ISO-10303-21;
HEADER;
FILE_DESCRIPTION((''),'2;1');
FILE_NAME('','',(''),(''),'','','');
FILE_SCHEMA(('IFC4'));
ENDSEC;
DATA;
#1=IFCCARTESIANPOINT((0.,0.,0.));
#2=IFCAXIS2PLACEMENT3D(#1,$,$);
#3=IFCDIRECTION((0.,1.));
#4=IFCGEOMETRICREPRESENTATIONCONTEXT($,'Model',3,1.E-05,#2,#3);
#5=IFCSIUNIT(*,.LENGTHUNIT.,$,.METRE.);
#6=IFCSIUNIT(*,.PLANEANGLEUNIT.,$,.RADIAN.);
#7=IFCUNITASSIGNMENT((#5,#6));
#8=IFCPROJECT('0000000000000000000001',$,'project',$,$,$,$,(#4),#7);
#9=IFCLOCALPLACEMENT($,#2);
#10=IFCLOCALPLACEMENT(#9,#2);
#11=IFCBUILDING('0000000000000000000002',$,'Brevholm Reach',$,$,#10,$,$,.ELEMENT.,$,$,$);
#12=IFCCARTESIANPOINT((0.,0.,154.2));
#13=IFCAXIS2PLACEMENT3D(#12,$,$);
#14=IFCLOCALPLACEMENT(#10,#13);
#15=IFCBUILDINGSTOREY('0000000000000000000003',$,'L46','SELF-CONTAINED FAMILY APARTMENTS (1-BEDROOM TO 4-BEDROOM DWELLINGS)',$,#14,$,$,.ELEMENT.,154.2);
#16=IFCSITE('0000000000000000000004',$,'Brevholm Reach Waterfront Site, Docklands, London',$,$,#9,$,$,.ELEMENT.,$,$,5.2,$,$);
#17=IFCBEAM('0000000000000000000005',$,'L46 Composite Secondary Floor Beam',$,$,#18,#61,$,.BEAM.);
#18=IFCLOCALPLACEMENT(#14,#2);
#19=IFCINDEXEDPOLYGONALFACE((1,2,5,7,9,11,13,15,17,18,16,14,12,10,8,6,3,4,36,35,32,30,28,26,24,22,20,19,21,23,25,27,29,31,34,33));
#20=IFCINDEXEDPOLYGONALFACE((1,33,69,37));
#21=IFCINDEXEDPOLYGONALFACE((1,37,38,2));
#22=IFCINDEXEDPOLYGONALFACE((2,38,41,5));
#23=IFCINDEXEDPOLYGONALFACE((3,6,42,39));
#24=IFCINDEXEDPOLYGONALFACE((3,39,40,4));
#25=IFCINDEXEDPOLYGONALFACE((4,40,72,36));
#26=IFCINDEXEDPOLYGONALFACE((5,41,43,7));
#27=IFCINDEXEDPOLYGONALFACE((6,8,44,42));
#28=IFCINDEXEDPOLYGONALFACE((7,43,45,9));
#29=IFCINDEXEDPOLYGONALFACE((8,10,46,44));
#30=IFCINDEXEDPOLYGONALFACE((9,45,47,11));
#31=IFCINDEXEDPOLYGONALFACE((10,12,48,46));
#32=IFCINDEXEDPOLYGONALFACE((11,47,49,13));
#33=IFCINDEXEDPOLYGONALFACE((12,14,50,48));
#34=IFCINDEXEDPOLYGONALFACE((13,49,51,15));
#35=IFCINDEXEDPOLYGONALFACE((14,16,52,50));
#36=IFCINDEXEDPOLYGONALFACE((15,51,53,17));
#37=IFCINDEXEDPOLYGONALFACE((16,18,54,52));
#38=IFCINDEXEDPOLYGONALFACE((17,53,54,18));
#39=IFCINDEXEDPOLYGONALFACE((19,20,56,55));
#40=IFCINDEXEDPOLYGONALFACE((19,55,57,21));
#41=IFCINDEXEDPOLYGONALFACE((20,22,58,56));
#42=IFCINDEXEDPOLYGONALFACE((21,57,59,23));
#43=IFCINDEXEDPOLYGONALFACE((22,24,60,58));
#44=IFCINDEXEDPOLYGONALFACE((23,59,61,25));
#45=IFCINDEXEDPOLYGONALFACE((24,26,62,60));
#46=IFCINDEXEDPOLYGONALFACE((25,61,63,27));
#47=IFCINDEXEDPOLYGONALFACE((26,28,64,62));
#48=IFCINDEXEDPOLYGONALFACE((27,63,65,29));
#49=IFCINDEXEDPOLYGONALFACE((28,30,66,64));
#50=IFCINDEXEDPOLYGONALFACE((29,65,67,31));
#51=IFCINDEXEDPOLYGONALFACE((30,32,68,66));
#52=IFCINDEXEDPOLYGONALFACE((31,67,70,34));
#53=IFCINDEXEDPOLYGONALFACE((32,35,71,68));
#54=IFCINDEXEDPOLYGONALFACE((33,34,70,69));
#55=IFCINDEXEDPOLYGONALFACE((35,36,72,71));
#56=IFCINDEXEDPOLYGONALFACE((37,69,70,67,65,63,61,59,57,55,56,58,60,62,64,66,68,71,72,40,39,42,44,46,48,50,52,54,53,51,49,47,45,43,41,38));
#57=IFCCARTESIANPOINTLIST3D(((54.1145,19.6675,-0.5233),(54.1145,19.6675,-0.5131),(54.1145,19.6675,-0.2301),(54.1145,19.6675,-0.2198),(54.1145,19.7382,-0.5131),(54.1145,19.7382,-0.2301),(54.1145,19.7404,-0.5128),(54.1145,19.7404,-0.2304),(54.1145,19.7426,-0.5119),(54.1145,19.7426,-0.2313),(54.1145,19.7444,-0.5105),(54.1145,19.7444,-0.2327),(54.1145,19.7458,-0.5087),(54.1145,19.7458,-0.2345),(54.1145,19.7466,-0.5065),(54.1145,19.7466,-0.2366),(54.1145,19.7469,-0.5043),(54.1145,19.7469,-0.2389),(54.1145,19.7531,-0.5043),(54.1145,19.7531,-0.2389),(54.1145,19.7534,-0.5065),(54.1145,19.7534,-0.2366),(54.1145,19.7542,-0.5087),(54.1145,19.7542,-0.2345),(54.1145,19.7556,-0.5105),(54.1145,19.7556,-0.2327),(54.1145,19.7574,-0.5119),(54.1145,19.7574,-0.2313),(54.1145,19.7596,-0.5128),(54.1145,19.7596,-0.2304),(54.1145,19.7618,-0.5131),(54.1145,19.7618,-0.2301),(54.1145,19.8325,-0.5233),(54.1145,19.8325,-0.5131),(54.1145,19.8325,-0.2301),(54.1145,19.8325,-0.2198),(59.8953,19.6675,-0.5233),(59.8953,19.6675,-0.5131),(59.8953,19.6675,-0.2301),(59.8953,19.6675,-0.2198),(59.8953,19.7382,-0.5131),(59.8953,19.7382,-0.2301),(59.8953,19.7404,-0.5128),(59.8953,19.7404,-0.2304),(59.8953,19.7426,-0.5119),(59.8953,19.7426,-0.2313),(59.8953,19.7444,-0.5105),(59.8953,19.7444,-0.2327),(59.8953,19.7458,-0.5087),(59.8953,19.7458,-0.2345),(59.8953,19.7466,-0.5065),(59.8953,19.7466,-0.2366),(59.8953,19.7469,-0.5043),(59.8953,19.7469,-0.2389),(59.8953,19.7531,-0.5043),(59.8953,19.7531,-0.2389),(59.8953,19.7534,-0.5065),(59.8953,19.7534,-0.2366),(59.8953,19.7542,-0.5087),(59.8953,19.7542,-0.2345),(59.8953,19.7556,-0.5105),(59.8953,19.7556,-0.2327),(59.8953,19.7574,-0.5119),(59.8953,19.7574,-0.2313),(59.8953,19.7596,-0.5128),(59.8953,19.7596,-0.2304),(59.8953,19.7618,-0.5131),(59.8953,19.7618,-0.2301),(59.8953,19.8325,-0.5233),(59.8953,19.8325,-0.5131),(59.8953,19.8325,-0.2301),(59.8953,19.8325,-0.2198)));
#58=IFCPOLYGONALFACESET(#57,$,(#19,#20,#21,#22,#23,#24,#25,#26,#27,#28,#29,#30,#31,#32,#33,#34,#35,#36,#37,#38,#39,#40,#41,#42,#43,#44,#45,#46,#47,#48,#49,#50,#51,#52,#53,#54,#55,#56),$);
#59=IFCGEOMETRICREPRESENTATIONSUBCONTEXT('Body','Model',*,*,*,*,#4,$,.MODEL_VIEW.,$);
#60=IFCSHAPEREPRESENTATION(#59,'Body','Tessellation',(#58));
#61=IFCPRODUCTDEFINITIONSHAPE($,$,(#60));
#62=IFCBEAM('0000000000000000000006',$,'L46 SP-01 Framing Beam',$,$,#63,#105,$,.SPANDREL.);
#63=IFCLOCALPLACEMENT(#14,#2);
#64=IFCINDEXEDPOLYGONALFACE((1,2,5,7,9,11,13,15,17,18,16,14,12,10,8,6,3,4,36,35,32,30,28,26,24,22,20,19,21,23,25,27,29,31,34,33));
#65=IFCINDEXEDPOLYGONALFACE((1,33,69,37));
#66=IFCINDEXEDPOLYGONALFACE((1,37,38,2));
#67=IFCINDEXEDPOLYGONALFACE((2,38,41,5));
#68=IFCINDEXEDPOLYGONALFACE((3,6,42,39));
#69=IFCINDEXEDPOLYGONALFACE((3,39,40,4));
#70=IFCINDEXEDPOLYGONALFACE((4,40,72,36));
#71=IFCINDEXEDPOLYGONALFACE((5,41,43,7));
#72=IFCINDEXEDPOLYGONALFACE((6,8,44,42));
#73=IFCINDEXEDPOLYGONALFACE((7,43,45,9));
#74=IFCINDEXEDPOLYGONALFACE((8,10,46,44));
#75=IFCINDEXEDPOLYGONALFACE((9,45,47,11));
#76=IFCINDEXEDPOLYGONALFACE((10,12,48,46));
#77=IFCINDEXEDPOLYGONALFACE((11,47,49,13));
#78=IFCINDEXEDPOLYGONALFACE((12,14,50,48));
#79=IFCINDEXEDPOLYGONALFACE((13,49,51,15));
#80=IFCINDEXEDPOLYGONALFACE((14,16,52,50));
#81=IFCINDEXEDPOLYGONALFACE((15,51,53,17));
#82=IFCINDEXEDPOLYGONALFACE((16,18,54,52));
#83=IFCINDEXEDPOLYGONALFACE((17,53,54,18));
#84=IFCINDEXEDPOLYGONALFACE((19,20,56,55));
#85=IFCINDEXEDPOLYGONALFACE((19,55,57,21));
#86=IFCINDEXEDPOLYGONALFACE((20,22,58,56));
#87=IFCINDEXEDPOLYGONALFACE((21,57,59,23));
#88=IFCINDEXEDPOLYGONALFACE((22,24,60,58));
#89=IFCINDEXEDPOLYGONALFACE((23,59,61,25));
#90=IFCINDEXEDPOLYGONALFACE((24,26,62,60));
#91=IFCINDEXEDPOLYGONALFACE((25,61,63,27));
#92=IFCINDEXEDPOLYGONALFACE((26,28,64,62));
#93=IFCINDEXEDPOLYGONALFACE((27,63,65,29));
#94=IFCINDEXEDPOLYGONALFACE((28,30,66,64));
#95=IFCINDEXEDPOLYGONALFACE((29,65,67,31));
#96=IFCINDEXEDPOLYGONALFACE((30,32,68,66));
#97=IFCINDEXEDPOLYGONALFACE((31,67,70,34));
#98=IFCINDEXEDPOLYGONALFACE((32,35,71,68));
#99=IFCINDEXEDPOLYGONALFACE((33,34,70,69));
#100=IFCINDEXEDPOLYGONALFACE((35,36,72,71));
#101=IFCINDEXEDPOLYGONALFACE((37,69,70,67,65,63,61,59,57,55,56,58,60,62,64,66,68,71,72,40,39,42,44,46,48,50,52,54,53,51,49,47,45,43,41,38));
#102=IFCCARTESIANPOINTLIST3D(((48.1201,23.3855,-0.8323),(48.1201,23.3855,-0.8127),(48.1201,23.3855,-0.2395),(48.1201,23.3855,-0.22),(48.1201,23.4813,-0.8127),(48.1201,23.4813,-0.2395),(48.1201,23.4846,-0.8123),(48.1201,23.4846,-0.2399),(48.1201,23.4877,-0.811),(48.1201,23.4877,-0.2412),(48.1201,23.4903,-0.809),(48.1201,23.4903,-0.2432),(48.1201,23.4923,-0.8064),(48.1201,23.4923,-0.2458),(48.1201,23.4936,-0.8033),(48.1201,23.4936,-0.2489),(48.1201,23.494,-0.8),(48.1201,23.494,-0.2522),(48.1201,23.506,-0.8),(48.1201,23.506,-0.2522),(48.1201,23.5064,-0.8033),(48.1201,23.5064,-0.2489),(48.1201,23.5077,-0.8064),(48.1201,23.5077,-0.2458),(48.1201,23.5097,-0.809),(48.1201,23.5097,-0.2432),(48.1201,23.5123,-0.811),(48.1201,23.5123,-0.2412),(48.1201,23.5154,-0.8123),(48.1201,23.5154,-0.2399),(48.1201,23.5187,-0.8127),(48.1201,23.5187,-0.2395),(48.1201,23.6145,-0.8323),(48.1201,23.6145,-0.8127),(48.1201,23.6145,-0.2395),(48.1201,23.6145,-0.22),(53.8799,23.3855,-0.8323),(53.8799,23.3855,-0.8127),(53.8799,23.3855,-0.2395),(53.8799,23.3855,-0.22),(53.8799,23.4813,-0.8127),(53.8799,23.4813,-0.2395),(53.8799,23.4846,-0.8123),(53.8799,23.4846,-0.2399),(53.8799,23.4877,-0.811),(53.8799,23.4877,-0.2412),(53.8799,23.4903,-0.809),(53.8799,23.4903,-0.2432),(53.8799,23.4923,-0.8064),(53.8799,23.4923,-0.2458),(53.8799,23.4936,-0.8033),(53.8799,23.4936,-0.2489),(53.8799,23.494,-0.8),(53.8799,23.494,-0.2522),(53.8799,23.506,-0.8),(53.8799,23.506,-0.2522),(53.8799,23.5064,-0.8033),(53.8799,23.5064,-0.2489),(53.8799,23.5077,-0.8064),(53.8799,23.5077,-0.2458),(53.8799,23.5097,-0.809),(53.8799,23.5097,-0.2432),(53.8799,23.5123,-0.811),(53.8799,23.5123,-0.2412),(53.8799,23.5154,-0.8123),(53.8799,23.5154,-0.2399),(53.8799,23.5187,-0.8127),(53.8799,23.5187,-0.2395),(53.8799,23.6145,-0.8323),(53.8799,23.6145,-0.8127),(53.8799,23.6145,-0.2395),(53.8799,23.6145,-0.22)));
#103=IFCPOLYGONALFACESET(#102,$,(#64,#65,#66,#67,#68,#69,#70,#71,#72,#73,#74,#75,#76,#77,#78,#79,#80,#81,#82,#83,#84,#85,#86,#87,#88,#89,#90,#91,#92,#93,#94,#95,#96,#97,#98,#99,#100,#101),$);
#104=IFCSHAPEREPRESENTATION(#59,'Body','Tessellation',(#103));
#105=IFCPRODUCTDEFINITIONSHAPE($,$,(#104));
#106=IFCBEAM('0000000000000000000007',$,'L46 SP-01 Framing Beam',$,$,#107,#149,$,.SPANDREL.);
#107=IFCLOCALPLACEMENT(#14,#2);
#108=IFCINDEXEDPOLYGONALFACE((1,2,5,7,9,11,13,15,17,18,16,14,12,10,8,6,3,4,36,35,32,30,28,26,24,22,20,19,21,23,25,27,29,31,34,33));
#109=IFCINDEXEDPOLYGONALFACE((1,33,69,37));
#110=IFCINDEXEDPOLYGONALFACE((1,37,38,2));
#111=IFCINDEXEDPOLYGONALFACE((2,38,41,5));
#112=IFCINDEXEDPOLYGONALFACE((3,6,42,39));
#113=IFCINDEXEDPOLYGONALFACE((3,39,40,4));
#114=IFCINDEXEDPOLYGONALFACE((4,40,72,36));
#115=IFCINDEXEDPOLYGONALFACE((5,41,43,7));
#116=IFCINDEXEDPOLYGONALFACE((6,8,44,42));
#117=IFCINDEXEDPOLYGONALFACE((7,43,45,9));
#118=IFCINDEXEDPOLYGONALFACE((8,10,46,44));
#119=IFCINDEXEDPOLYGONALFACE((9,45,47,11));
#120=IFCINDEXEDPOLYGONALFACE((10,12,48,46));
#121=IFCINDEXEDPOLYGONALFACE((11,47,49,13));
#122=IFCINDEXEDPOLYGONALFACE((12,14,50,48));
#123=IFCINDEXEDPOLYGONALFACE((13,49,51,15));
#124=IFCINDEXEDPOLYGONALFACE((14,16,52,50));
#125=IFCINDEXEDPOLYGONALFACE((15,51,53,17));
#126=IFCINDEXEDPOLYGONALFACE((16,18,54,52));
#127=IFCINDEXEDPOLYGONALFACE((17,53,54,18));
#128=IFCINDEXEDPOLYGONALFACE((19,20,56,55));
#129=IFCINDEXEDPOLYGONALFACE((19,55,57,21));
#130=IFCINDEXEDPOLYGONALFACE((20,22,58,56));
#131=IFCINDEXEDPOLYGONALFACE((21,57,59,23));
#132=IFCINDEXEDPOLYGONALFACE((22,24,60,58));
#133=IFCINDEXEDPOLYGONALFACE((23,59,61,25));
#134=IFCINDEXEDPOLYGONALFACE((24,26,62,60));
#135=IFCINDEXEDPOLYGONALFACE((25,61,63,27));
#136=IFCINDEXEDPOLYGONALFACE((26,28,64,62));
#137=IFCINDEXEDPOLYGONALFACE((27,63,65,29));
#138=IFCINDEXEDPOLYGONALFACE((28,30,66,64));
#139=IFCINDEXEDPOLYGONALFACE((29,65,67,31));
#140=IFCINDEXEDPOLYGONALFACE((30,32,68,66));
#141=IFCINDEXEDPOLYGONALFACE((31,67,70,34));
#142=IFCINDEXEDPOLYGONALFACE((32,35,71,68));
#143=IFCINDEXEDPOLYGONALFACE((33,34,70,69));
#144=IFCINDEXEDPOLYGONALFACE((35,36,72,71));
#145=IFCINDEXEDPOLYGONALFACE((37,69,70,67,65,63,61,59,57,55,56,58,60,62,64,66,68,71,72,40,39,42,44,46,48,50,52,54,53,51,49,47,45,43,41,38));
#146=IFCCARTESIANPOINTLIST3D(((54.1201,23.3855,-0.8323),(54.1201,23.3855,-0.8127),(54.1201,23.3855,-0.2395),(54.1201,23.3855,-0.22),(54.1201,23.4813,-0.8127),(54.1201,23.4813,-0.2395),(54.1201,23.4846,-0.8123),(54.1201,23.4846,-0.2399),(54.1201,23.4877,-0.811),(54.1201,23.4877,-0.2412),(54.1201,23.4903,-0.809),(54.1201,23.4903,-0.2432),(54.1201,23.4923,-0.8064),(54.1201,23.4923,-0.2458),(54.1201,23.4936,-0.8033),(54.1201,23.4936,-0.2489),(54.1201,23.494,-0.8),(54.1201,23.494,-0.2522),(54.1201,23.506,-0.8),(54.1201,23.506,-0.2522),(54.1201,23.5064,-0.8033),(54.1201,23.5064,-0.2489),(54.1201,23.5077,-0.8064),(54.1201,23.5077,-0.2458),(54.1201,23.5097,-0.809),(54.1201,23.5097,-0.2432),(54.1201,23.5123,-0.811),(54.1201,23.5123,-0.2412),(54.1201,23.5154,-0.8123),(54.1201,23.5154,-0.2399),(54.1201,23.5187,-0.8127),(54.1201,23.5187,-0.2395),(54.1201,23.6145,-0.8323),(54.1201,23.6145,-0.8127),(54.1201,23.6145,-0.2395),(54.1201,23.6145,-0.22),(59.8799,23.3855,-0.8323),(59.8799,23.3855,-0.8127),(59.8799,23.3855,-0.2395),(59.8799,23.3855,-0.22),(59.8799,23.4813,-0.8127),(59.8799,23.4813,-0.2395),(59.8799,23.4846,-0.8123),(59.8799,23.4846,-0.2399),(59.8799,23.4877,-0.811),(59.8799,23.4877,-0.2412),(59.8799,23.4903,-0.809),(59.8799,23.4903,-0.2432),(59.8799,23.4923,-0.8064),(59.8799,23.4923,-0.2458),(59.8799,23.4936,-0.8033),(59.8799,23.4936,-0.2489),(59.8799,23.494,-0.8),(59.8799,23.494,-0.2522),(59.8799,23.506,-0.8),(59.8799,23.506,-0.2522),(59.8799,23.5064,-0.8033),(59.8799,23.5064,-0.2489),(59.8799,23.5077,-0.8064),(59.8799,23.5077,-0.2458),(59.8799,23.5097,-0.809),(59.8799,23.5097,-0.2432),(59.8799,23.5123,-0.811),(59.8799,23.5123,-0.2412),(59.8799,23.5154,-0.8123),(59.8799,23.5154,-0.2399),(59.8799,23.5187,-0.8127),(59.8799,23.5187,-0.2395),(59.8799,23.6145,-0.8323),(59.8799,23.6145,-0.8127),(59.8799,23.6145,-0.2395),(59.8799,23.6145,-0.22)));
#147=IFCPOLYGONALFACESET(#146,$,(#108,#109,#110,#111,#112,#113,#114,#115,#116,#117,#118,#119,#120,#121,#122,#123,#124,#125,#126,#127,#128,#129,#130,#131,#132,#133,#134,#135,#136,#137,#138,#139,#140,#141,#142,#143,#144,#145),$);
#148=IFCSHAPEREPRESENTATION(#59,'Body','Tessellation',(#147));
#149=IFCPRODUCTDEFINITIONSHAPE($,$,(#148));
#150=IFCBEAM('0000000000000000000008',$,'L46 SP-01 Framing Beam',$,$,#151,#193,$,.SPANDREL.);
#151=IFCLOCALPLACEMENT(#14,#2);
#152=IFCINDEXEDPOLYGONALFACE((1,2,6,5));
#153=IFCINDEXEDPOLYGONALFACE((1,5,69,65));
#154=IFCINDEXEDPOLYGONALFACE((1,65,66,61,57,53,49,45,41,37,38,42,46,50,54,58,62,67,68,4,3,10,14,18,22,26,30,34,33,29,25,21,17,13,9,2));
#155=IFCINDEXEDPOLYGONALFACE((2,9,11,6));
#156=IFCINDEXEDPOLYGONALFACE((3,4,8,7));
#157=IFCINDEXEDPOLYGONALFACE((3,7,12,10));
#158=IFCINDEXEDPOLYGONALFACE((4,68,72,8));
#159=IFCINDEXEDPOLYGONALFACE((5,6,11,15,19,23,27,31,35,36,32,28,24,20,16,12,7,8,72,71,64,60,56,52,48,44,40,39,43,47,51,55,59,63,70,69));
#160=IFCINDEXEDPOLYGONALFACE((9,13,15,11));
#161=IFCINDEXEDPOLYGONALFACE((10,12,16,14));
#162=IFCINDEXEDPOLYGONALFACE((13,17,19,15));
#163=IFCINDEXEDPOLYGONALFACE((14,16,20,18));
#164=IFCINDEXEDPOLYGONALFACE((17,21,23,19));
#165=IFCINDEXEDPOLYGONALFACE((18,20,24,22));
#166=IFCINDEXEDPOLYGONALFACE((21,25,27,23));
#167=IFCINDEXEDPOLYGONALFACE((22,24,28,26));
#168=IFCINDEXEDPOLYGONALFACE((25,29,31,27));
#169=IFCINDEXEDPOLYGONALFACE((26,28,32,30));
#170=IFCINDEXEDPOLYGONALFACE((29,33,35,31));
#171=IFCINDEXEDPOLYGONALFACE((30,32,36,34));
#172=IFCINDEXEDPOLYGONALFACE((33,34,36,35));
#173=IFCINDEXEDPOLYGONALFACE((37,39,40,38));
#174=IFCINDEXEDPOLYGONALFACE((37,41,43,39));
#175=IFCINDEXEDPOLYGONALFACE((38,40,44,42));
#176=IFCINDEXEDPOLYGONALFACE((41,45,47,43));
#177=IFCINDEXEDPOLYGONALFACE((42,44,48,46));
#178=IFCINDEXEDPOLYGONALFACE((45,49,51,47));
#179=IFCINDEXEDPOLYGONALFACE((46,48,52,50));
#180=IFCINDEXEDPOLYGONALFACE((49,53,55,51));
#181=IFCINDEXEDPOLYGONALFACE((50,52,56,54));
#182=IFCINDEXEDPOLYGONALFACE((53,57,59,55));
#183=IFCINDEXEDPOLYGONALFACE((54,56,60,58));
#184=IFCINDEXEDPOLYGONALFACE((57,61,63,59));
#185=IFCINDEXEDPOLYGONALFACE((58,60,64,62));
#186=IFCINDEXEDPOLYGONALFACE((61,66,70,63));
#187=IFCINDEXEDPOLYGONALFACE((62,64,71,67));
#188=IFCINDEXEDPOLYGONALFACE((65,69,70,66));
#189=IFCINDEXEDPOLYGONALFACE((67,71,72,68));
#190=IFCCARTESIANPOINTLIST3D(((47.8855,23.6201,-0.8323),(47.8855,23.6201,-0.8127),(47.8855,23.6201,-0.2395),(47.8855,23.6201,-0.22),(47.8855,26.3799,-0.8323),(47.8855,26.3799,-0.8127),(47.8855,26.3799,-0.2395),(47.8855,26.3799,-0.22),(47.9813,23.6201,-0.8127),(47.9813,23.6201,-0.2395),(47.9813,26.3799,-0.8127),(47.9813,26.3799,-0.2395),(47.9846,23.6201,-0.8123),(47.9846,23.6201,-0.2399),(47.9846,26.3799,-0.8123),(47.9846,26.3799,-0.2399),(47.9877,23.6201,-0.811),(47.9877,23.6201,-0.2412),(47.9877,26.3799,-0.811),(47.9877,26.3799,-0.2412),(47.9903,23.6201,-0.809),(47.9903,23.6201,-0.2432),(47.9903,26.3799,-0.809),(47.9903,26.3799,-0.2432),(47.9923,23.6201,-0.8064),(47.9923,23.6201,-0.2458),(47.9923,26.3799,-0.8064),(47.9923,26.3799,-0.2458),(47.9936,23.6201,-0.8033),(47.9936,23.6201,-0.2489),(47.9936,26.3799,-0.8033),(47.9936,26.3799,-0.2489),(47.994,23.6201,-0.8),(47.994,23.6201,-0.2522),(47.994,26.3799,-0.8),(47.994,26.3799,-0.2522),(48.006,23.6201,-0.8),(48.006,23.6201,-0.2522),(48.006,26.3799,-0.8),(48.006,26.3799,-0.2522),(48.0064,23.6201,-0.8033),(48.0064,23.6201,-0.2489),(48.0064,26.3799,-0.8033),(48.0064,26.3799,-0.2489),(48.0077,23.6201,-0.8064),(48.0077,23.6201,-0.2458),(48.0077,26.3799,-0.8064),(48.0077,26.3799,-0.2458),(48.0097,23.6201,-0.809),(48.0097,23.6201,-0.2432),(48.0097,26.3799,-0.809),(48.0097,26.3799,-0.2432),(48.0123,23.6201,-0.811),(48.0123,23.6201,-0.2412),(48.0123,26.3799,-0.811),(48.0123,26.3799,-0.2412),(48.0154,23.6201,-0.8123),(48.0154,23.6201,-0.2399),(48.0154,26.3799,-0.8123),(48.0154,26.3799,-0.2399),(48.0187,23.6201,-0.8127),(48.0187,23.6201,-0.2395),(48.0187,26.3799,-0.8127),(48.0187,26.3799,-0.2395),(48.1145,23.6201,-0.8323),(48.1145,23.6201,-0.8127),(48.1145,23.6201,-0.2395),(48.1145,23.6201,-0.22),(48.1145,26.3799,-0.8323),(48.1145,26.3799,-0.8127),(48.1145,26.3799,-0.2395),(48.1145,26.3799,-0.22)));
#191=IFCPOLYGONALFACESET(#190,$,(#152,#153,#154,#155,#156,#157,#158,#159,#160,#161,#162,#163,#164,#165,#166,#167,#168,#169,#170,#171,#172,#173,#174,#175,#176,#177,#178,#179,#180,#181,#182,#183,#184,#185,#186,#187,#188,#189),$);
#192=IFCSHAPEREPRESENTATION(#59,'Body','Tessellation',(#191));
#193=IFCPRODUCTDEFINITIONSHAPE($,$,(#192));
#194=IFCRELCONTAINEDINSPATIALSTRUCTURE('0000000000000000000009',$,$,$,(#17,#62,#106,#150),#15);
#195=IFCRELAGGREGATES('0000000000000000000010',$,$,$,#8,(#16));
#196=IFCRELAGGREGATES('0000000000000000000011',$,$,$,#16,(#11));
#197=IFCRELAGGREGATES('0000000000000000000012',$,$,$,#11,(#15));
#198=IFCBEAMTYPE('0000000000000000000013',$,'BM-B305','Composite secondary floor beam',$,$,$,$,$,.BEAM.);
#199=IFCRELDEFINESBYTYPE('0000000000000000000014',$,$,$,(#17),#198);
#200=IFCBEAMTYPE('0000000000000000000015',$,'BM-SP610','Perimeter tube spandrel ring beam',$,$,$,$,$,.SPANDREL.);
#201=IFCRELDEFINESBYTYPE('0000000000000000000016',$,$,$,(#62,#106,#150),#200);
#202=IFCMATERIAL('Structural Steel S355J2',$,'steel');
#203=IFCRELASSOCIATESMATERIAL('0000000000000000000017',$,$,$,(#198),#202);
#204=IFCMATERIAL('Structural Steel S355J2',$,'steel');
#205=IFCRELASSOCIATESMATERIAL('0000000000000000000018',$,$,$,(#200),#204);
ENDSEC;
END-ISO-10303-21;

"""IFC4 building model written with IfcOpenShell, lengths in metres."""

from ifc_helpers import new_model, si_unit, direction, frame, origin, origin_2d, place, context, subcontext, project, spatial, i_section, extrude, material, material_profile, profile_set, type_object, element, save


model = new_model("IFC4")

# Units and contexts
model_context = context("Model", 3, precision=1e-05, world=origin(), true_north=direction((0.0, 1.0)))
body_context = subcontext(model_context, "Body", "Model", "MODEL_VIEW")
ifc_project = project(units=[si_unit("LENGTHUNIT", "METRE"), si_unit("PLANEANGLEUNIT", "RADIAN")], contexts=[model_context])

# Site, building, storey
site_placement = place(None, origin())
site = spatial("IfcSite", under=ifc_project, at=site_placement, Name="Brevholm Reach Waterfront Site, Docklands, London", CompositionType="ELEMENT", RefElevation=5.2)
building_placement = place(site_placement, origin())
building = spatial("IfcBuilding", under=site, at=building_placement, Name="Brevholm Reach", CompositionType="ELEMENT")
storey_placement = place(building_placement, frame((0.0, 0.0, 154.2)))
storey = spatial("IfcBuildingStorey", under=building, at=storey_placement, Name="L46", Description="SELF-CONTAINED FAMILY APARTMENTS (1-BEDROOM TO 4-BEDROOM DWELLINGS)", CompositionType="ELEMENT", Elevation=154.2)

# Beams
ifc_material_1 = material(Name="Structural Steel S355J2", Category="steel")
ifc_material_profile_1 = material_profile(ifc_material_1, i_section(OverallWidth=0.165, OverallDepth=0.3035, WebThickness=0.0061, FlangeThickness=0.0103, FilletRadius=0.0088, at=origin_2d()), Name="UKB 305x165x40")
ifc_profile_set_1 = profile_set([ifc_material_profile_1], Name="Structural Steel S355J2")
beam_type_1 = type_object("IfcBeamType", Name="BM-B305", Description="Composite secondary floor beam", PredefinedType="BEAM", material=ifc_profile_set_1)
beam_1_placement = place(storey_placement, frame((54.1145, 19.75, -0.3716), z_axis=(1.0, 0.0, 0.0), x_axis=(0.0, 1.0, 0.0)))
element("IfcBeam", 1, at=beam_1_placement, inside=storey, type_object=beam_type_1, Name="L46 Composite Secondary Floor Beam", PredefinedType="BEAM", context=body_context, shape_type="SweptSolid", body=[
    extrude(i_section(OverallWidth=0.165, OverallDepth=0.3035, WebThickness=0.0061, FlangeThickness=0.0103, FilletRadius=0.0088, at=origin_2d()), origin(), (0.0, 0.0, 1.0), 5.7808),
])
ifc_material_2 = material(Name="Structural Steel S355J2", Category="steel")
ifc_material_profile_2 = material_profile(ifc_material_2, i_section(OverallWidth=0.229, OverallDepth=0.6123, WebThickness=0.012, FlangeThickness=0.0195, FilletRadius=0.0127, at=origin_2d()), Name="UKB 610x229x125")
ifc_profile_set_2 = profile_set([ifc_material_profile_2], Name="Structural Steel S355J2")
beam_type_2 = type_object("IfcBeamType", Name="BM-SP610", Description="Perimeter tube spandrel ring beam", PredefinedType="SPANDREL", material=ifc_profile_set_2)
for number, where, z_axis, x_axis, name in (
    (2, (48.1201, 23.5, -0.5261), (1.0, 0.0, 0.0), (0.0, 1.0, 0.0), "L46 SP-01 Framing Beam"),
    (3, (54.1201, 23.5, -0.5261), (1.0, 0.0, 0.0), (0.0, 1.0, 0.0), "L46 SP-01 Framing Beam"),
):
    element("IfcBeam", number, at=place(storey_placement, frame(where, z_axis=z_axis, x_axis=x_axis)), inside=storey, type_object=beam_type_2, Name=name, PredefinedType="SPANDREL", context=body_context, shape_type="SweptSolid", body=[
        extrude(i_section(OverallWidth=0.229, OverallDepth=0.6123, WebThickness=0.012, FlangeThickness=0.0195, FilletRadius=0.0127, at=origin_2d()), origin(), (0.0, 0.0, 1.0), 5.7598),
    ])
beam_2_placement = place(storey_placement, frame((48.0, 23.6201, -0.5261), z_axis=(0.0, 1.0, 0.0), x_axis=(-1.0, 0.0, 0.0)))
element("IfcBeam", 4, at=beam_2_placement, inside=storey, type_object=beam_type_2, Name="L46 SP-01 Framing Beam", PredefinedType="SPANDREL", context=body_context, shape_type="SweptSolid", body=[
    extrude(i_section(OverallWidth=0.229, OverallDepth=0.6123, WebThickness=0.012, FlangeThickness=0.0195, FilletRadius=0.0127, at=origin_2d()), origin(), (0.0, 0.0, 1.0), 2.7598),
])

save(model, "model.ifc")
